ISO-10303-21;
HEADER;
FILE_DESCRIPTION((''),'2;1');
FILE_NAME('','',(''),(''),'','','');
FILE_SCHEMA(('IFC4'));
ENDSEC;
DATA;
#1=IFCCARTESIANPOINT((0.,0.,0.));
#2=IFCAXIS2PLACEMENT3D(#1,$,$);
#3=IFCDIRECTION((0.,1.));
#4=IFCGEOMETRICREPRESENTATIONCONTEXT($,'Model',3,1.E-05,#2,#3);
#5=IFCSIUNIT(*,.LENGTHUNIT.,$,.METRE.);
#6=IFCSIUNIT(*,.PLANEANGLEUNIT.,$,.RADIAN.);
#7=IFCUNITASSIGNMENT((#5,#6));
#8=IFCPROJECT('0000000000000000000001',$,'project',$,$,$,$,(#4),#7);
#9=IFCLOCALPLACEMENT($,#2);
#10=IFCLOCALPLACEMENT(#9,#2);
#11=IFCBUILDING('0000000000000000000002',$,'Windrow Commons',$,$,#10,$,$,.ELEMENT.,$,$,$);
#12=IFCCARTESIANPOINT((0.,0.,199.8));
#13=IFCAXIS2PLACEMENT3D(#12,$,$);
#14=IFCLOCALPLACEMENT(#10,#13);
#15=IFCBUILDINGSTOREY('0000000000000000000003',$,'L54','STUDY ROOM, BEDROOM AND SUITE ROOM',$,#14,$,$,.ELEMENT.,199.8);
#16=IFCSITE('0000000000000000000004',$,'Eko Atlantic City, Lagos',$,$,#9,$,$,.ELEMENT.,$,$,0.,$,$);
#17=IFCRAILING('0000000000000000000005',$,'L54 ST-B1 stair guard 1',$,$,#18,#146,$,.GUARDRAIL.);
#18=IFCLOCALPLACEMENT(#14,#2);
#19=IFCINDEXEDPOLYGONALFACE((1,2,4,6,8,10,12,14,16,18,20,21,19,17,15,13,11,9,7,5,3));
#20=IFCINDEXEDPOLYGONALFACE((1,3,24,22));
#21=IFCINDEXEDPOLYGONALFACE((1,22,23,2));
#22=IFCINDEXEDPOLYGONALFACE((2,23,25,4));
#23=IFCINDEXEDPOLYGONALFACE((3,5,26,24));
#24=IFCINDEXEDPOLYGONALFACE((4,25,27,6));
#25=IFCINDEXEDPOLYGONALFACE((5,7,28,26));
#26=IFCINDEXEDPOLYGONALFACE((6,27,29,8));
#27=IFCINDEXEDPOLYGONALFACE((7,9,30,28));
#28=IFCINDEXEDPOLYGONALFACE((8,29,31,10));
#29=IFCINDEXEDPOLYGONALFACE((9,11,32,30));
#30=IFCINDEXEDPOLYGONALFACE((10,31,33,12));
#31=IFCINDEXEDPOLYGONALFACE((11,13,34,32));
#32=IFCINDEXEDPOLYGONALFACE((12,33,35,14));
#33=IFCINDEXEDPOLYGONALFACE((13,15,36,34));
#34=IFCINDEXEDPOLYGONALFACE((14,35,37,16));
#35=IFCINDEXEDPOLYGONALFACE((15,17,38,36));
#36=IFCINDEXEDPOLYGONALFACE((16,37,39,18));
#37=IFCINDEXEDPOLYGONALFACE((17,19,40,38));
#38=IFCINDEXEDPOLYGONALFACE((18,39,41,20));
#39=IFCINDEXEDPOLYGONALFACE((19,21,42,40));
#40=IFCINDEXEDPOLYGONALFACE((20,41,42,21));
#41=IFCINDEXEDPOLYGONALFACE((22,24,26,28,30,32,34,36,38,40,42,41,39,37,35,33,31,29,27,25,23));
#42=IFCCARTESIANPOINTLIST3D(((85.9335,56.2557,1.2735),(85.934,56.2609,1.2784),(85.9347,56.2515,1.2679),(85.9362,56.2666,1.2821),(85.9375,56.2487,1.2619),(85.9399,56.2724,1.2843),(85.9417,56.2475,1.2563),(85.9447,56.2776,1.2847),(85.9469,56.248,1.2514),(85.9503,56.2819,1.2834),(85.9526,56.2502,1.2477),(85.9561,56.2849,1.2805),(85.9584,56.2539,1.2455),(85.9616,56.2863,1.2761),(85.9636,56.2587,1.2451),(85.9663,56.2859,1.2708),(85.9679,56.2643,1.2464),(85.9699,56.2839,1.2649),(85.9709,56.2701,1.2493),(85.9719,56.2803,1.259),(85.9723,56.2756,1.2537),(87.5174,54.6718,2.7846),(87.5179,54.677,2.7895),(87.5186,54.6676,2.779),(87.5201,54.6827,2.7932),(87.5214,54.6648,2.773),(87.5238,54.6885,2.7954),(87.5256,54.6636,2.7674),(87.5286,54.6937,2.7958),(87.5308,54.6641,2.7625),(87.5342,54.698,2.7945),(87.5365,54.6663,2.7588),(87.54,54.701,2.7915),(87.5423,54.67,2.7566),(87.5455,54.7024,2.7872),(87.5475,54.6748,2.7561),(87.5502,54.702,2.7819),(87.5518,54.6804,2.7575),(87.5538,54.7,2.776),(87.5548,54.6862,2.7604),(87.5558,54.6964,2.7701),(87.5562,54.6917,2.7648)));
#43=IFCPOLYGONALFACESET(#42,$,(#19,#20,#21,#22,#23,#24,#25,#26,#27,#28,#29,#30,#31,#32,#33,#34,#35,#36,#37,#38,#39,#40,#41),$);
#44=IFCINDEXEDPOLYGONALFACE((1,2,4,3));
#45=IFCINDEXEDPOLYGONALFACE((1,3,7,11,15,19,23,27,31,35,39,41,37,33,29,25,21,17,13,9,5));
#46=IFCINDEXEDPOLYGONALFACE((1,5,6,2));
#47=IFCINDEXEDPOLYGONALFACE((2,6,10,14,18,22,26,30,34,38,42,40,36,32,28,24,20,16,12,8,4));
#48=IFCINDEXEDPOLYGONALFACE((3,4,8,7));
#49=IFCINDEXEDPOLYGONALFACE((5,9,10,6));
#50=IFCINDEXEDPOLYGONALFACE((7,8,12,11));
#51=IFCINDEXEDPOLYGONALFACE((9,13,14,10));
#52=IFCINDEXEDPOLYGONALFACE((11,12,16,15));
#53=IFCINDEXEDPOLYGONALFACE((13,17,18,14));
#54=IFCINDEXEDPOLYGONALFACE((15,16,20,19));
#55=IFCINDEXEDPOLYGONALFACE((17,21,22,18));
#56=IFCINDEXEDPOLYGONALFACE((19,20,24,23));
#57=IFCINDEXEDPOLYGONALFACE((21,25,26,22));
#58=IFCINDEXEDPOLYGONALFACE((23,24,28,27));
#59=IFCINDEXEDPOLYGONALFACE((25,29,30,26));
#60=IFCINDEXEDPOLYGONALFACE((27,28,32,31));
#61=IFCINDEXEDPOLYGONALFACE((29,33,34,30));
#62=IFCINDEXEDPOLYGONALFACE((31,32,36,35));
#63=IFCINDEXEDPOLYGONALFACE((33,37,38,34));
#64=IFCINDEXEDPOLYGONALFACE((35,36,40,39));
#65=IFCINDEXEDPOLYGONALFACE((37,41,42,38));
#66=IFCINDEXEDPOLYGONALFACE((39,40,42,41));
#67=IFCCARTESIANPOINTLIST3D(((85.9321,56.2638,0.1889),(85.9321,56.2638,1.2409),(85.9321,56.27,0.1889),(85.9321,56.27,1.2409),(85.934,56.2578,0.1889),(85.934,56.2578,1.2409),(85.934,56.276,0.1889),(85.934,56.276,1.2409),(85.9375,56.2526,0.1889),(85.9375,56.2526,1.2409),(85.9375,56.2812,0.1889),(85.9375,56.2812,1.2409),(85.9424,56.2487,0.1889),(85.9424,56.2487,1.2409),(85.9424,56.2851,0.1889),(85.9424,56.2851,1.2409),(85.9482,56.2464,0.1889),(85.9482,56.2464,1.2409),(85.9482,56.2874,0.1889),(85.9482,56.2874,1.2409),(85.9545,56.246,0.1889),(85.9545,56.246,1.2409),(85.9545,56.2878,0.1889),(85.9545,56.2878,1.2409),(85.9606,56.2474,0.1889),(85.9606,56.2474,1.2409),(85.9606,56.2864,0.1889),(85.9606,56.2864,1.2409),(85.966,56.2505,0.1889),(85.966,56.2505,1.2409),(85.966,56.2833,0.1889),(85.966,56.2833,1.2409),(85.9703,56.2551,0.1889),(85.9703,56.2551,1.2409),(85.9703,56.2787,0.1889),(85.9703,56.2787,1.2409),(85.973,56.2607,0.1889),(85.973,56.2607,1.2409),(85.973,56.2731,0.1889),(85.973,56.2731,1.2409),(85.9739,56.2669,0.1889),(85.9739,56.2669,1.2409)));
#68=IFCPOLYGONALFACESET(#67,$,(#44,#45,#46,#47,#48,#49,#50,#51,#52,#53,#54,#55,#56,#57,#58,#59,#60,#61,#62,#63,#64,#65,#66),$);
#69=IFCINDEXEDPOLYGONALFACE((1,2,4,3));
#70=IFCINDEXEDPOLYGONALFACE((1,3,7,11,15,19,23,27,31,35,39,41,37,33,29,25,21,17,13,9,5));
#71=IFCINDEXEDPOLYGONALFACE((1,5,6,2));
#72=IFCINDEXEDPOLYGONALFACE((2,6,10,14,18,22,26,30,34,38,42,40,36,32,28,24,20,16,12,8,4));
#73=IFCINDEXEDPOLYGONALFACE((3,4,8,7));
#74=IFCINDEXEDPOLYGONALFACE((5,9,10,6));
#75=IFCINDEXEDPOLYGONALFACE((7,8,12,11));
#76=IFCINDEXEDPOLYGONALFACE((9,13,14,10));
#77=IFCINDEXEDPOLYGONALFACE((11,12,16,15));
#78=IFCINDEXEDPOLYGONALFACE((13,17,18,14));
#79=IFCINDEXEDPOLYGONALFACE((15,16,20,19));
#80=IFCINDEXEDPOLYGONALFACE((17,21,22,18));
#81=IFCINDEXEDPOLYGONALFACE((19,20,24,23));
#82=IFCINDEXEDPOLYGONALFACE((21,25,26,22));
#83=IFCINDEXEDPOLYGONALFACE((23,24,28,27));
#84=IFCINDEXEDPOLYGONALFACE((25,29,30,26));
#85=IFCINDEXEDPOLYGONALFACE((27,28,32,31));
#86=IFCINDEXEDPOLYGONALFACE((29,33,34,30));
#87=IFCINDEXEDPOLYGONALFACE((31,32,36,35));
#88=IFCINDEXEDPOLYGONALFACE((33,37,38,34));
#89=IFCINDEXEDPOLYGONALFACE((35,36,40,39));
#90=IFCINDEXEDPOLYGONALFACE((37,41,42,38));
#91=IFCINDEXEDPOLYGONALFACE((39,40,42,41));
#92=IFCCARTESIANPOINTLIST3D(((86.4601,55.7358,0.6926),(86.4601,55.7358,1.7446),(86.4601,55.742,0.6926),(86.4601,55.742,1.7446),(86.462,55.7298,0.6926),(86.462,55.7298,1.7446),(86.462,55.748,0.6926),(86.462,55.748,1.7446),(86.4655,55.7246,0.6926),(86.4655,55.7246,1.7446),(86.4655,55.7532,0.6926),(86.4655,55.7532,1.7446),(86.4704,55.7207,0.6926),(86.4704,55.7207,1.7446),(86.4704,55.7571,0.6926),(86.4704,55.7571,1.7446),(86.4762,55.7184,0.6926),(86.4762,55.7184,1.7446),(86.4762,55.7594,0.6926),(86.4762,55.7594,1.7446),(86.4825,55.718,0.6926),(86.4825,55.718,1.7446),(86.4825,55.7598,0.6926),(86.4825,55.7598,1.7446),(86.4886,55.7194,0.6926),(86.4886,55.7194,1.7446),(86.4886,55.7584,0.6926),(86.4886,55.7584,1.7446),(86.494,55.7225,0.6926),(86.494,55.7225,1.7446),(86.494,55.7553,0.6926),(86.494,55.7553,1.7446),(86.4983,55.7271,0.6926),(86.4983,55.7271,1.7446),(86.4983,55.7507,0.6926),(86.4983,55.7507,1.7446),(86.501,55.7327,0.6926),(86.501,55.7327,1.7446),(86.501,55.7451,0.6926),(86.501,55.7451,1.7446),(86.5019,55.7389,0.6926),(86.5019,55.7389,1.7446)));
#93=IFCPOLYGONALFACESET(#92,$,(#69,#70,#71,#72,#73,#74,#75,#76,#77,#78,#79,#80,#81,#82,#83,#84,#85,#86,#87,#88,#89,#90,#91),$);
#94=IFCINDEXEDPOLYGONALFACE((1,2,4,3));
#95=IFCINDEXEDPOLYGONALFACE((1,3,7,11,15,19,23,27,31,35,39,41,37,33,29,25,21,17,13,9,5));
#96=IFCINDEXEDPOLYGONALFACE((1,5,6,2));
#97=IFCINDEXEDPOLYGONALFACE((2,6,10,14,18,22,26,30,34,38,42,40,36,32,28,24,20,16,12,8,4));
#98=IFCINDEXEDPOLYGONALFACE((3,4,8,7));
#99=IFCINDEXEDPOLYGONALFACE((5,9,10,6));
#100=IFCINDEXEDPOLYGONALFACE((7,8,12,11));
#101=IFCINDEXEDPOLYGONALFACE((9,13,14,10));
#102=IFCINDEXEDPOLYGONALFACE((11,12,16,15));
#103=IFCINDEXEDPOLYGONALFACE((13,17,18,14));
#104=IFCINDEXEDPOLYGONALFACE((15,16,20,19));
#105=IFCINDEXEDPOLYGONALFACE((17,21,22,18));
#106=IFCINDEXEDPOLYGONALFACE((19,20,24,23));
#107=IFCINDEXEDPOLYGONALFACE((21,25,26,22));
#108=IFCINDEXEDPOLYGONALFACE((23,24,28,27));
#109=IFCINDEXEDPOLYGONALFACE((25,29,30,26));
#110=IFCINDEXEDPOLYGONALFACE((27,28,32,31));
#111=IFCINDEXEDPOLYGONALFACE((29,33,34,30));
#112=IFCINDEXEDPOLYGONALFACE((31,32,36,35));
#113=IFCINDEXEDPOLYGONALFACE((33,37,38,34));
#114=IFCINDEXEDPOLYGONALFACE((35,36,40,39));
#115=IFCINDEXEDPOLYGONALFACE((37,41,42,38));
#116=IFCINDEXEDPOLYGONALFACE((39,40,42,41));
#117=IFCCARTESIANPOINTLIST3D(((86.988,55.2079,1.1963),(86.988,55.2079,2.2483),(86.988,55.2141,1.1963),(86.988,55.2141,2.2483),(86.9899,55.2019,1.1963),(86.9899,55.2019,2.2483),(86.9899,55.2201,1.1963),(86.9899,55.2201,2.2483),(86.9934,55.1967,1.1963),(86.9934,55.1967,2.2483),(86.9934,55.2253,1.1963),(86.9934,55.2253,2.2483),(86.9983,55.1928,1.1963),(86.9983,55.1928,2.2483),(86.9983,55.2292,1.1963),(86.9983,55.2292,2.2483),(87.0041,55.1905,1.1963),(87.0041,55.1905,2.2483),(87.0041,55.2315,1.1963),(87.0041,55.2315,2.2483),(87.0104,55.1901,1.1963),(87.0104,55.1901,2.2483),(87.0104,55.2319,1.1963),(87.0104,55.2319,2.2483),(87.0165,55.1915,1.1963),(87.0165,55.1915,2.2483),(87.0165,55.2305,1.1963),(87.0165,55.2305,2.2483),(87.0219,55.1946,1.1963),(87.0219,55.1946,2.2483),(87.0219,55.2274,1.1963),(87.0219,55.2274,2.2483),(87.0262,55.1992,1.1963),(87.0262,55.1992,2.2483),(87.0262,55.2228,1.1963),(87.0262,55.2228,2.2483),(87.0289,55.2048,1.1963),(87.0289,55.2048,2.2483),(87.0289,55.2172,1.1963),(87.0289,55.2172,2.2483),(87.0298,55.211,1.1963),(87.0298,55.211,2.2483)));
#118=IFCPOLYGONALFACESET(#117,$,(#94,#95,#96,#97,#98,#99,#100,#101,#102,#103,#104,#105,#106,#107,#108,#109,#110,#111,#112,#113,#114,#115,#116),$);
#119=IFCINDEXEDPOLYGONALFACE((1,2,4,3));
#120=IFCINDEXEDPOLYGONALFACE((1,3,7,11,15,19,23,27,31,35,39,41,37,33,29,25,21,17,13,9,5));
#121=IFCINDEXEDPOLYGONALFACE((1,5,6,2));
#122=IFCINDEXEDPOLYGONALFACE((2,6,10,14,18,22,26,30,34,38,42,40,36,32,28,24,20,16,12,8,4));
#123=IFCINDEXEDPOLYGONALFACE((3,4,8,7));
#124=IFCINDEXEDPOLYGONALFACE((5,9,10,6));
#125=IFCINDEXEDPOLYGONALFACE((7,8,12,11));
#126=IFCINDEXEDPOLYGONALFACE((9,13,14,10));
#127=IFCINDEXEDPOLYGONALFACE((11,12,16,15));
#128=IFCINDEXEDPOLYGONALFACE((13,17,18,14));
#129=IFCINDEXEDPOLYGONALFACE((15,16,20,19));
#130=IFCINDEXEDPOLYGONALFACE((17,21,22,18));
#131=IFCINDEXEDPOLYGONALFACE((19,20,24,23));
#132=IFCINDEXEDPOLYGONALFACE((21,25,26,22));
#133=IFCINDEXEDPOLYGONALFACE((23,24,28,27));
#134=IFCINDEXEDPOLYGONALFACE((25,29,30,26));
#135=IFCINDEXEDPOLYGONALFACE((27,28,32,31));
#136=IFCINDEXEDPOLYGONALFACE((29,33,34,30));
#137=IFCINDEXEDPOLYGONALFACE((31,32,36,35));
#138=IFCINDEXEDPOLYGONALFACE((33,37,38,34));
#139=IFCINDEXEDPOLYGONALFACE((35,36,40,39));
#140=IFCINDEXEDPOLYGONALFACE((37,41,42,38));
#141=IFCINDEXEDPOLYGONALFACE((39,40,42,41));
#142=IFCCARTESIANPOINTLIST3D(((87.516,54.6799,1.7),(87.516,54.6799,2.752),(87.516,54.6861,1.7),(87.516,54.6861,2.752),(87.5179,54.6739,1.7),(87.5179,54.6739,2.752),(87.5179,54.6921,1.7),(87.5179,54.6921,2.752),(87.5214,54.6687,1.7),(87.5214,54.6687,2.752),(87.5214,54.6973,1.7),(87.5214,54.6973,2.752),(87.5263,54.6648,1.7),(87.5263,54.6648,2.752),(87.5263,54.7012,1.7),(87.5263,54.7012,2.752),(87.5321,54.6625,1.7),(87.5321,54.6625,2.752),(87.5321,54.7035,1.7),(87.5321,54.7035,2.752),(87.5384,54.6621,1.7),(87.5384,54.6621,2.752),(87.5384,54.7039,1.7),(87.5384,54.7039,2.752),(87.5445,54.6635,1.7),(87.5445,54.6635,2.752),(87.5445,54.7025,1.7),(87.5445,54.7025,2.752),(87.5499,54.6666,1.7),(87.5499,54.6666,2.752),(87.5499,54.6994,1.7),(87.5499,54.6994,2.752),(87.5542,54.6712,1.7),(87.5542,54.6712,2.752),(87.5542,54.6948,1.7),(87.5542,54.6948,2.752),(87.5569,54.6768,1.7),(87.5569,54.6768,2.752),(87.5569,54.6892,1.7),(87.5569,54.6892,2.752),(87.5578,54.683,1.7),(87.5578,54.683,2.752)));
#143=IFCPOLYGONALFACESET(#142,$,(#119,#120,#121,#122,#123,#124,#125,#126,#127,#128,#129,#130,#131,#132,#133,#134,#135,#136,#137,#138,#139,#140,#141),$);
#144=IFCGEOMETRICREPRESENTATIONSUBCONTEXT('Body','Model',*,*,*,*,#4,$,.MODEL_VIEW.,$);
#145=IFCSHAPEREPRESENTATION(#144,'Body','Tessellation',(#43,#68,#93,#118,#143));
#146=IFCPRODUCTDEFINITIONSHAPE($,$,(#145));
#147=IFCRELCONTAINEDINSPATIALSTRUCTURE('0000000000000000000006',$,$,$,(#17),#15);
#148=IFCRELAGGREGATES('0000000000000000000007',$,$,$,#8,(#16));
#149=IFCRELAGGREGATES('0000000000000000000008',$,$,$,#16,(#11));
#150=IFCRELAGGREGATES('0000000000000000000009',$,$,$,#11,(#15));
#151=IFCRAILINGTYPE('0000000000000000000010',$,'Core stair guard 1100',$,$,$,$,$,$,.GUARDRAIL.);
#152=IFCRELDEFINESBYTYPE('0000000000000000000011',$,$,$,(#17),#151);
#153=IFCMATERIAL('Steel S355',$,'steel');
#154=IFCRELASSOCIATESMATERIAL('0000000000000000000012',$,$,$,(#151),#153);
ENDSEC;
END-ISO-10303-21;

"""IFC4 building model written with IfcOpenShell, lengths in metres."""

from ifc_helpers import new_model, si_unit, direction, frame, origin, origin_2d, place, context, subcontext, project, spatial, circle, extrude, material, type_object, element, save


model = new_model("IFC4")

# Units and contexts
model_context = context("Model", 3, precision=1e-05, world=origin(), true_north=direction((0.0, 1.0)))
body_context = subcontext(model_context, "Body", "Model", "MODEL_VIEW")
ifc_project = project(units=[si_unit("LENGTHUNIT", "METRE"), si_unit("PLANEANGLEUNIT", "RADIAN")], contexts=[model_context])

# Site, building, storey
site_placement = place(None, origin())
site = spatial("IfcSite", under=ifc_project, at=site_placement, Name="Eko Atlantic City, Lagos", CompositionType="ELEMENT", RefElevation=0.0)
building_placement = place(site_placement, origin())
building = spatial("IfcBuilding", under=site, at=building_placement, Name="Windrow Commons", CompositionType="ELEMENT")
storey_placement = place(building_placement, frame((0.0, 0.0, 199.8)))
storey = spatial("IfcBuildingStorey", under=building, at=storey_placement, Name="L54", Description="STUDY ROOM, BEDROOM AND SUITE ROOM", CompositionType="ELEMENT", Elevation=199.8)

# Railing
ifc_material_1 = material(Name="Steel S355", Category="steel")
railing_type_1 = type_object("IfcRailingType", Name="Core stair guard 1100", PredefinedType="GUARDRAIL", material=ifc_material_1)
railing_1_placement = place(storey_placement, frame((85.9529, 56.2669, 0.1889)))
element("IfcRailing", 1, at=railing_1_placement, inside=storey, type_object=railing_type_1, Name="L54 ST-B1 stair guard 1", PredefinedType="GUARDRAIL", context=body_context, shape_type="SweptSolid", body=[
    extrude(circle(Radius=0.024, at=origin_2d()), frame((0.0, 0.0, 1.076), z_axis=(0.586191, -0.586191, 0.559249), x_axis=(0.707107, 0.707107, 0.0)), (0.0, 0.0, 1.0), 2.702),
    extrude(circle(Radius=0.021, at=origin_2d()), origin(), (0.0, 0.0, 1.0), 1.052),
    extrude(circle(Radius=0.021, at=origin_2d()), frame((0.528, -0.528, 0.5037)), (0.0, 0.0, 1.0), 1.052),
    extrude(circle(Radius=0.021, at=origin_2d()), frame((1.0559, -1.0559, 1.0074)), (0.0, 0.0, 1.0), 1.052),
    extrude(circle(Radius=0.021, at=origin_2d()), frame((1.5839, -1.5839, 1.5111)), (0.0, 0.0, 1.0), 1.052),
])

save(model, "model.ifc")
